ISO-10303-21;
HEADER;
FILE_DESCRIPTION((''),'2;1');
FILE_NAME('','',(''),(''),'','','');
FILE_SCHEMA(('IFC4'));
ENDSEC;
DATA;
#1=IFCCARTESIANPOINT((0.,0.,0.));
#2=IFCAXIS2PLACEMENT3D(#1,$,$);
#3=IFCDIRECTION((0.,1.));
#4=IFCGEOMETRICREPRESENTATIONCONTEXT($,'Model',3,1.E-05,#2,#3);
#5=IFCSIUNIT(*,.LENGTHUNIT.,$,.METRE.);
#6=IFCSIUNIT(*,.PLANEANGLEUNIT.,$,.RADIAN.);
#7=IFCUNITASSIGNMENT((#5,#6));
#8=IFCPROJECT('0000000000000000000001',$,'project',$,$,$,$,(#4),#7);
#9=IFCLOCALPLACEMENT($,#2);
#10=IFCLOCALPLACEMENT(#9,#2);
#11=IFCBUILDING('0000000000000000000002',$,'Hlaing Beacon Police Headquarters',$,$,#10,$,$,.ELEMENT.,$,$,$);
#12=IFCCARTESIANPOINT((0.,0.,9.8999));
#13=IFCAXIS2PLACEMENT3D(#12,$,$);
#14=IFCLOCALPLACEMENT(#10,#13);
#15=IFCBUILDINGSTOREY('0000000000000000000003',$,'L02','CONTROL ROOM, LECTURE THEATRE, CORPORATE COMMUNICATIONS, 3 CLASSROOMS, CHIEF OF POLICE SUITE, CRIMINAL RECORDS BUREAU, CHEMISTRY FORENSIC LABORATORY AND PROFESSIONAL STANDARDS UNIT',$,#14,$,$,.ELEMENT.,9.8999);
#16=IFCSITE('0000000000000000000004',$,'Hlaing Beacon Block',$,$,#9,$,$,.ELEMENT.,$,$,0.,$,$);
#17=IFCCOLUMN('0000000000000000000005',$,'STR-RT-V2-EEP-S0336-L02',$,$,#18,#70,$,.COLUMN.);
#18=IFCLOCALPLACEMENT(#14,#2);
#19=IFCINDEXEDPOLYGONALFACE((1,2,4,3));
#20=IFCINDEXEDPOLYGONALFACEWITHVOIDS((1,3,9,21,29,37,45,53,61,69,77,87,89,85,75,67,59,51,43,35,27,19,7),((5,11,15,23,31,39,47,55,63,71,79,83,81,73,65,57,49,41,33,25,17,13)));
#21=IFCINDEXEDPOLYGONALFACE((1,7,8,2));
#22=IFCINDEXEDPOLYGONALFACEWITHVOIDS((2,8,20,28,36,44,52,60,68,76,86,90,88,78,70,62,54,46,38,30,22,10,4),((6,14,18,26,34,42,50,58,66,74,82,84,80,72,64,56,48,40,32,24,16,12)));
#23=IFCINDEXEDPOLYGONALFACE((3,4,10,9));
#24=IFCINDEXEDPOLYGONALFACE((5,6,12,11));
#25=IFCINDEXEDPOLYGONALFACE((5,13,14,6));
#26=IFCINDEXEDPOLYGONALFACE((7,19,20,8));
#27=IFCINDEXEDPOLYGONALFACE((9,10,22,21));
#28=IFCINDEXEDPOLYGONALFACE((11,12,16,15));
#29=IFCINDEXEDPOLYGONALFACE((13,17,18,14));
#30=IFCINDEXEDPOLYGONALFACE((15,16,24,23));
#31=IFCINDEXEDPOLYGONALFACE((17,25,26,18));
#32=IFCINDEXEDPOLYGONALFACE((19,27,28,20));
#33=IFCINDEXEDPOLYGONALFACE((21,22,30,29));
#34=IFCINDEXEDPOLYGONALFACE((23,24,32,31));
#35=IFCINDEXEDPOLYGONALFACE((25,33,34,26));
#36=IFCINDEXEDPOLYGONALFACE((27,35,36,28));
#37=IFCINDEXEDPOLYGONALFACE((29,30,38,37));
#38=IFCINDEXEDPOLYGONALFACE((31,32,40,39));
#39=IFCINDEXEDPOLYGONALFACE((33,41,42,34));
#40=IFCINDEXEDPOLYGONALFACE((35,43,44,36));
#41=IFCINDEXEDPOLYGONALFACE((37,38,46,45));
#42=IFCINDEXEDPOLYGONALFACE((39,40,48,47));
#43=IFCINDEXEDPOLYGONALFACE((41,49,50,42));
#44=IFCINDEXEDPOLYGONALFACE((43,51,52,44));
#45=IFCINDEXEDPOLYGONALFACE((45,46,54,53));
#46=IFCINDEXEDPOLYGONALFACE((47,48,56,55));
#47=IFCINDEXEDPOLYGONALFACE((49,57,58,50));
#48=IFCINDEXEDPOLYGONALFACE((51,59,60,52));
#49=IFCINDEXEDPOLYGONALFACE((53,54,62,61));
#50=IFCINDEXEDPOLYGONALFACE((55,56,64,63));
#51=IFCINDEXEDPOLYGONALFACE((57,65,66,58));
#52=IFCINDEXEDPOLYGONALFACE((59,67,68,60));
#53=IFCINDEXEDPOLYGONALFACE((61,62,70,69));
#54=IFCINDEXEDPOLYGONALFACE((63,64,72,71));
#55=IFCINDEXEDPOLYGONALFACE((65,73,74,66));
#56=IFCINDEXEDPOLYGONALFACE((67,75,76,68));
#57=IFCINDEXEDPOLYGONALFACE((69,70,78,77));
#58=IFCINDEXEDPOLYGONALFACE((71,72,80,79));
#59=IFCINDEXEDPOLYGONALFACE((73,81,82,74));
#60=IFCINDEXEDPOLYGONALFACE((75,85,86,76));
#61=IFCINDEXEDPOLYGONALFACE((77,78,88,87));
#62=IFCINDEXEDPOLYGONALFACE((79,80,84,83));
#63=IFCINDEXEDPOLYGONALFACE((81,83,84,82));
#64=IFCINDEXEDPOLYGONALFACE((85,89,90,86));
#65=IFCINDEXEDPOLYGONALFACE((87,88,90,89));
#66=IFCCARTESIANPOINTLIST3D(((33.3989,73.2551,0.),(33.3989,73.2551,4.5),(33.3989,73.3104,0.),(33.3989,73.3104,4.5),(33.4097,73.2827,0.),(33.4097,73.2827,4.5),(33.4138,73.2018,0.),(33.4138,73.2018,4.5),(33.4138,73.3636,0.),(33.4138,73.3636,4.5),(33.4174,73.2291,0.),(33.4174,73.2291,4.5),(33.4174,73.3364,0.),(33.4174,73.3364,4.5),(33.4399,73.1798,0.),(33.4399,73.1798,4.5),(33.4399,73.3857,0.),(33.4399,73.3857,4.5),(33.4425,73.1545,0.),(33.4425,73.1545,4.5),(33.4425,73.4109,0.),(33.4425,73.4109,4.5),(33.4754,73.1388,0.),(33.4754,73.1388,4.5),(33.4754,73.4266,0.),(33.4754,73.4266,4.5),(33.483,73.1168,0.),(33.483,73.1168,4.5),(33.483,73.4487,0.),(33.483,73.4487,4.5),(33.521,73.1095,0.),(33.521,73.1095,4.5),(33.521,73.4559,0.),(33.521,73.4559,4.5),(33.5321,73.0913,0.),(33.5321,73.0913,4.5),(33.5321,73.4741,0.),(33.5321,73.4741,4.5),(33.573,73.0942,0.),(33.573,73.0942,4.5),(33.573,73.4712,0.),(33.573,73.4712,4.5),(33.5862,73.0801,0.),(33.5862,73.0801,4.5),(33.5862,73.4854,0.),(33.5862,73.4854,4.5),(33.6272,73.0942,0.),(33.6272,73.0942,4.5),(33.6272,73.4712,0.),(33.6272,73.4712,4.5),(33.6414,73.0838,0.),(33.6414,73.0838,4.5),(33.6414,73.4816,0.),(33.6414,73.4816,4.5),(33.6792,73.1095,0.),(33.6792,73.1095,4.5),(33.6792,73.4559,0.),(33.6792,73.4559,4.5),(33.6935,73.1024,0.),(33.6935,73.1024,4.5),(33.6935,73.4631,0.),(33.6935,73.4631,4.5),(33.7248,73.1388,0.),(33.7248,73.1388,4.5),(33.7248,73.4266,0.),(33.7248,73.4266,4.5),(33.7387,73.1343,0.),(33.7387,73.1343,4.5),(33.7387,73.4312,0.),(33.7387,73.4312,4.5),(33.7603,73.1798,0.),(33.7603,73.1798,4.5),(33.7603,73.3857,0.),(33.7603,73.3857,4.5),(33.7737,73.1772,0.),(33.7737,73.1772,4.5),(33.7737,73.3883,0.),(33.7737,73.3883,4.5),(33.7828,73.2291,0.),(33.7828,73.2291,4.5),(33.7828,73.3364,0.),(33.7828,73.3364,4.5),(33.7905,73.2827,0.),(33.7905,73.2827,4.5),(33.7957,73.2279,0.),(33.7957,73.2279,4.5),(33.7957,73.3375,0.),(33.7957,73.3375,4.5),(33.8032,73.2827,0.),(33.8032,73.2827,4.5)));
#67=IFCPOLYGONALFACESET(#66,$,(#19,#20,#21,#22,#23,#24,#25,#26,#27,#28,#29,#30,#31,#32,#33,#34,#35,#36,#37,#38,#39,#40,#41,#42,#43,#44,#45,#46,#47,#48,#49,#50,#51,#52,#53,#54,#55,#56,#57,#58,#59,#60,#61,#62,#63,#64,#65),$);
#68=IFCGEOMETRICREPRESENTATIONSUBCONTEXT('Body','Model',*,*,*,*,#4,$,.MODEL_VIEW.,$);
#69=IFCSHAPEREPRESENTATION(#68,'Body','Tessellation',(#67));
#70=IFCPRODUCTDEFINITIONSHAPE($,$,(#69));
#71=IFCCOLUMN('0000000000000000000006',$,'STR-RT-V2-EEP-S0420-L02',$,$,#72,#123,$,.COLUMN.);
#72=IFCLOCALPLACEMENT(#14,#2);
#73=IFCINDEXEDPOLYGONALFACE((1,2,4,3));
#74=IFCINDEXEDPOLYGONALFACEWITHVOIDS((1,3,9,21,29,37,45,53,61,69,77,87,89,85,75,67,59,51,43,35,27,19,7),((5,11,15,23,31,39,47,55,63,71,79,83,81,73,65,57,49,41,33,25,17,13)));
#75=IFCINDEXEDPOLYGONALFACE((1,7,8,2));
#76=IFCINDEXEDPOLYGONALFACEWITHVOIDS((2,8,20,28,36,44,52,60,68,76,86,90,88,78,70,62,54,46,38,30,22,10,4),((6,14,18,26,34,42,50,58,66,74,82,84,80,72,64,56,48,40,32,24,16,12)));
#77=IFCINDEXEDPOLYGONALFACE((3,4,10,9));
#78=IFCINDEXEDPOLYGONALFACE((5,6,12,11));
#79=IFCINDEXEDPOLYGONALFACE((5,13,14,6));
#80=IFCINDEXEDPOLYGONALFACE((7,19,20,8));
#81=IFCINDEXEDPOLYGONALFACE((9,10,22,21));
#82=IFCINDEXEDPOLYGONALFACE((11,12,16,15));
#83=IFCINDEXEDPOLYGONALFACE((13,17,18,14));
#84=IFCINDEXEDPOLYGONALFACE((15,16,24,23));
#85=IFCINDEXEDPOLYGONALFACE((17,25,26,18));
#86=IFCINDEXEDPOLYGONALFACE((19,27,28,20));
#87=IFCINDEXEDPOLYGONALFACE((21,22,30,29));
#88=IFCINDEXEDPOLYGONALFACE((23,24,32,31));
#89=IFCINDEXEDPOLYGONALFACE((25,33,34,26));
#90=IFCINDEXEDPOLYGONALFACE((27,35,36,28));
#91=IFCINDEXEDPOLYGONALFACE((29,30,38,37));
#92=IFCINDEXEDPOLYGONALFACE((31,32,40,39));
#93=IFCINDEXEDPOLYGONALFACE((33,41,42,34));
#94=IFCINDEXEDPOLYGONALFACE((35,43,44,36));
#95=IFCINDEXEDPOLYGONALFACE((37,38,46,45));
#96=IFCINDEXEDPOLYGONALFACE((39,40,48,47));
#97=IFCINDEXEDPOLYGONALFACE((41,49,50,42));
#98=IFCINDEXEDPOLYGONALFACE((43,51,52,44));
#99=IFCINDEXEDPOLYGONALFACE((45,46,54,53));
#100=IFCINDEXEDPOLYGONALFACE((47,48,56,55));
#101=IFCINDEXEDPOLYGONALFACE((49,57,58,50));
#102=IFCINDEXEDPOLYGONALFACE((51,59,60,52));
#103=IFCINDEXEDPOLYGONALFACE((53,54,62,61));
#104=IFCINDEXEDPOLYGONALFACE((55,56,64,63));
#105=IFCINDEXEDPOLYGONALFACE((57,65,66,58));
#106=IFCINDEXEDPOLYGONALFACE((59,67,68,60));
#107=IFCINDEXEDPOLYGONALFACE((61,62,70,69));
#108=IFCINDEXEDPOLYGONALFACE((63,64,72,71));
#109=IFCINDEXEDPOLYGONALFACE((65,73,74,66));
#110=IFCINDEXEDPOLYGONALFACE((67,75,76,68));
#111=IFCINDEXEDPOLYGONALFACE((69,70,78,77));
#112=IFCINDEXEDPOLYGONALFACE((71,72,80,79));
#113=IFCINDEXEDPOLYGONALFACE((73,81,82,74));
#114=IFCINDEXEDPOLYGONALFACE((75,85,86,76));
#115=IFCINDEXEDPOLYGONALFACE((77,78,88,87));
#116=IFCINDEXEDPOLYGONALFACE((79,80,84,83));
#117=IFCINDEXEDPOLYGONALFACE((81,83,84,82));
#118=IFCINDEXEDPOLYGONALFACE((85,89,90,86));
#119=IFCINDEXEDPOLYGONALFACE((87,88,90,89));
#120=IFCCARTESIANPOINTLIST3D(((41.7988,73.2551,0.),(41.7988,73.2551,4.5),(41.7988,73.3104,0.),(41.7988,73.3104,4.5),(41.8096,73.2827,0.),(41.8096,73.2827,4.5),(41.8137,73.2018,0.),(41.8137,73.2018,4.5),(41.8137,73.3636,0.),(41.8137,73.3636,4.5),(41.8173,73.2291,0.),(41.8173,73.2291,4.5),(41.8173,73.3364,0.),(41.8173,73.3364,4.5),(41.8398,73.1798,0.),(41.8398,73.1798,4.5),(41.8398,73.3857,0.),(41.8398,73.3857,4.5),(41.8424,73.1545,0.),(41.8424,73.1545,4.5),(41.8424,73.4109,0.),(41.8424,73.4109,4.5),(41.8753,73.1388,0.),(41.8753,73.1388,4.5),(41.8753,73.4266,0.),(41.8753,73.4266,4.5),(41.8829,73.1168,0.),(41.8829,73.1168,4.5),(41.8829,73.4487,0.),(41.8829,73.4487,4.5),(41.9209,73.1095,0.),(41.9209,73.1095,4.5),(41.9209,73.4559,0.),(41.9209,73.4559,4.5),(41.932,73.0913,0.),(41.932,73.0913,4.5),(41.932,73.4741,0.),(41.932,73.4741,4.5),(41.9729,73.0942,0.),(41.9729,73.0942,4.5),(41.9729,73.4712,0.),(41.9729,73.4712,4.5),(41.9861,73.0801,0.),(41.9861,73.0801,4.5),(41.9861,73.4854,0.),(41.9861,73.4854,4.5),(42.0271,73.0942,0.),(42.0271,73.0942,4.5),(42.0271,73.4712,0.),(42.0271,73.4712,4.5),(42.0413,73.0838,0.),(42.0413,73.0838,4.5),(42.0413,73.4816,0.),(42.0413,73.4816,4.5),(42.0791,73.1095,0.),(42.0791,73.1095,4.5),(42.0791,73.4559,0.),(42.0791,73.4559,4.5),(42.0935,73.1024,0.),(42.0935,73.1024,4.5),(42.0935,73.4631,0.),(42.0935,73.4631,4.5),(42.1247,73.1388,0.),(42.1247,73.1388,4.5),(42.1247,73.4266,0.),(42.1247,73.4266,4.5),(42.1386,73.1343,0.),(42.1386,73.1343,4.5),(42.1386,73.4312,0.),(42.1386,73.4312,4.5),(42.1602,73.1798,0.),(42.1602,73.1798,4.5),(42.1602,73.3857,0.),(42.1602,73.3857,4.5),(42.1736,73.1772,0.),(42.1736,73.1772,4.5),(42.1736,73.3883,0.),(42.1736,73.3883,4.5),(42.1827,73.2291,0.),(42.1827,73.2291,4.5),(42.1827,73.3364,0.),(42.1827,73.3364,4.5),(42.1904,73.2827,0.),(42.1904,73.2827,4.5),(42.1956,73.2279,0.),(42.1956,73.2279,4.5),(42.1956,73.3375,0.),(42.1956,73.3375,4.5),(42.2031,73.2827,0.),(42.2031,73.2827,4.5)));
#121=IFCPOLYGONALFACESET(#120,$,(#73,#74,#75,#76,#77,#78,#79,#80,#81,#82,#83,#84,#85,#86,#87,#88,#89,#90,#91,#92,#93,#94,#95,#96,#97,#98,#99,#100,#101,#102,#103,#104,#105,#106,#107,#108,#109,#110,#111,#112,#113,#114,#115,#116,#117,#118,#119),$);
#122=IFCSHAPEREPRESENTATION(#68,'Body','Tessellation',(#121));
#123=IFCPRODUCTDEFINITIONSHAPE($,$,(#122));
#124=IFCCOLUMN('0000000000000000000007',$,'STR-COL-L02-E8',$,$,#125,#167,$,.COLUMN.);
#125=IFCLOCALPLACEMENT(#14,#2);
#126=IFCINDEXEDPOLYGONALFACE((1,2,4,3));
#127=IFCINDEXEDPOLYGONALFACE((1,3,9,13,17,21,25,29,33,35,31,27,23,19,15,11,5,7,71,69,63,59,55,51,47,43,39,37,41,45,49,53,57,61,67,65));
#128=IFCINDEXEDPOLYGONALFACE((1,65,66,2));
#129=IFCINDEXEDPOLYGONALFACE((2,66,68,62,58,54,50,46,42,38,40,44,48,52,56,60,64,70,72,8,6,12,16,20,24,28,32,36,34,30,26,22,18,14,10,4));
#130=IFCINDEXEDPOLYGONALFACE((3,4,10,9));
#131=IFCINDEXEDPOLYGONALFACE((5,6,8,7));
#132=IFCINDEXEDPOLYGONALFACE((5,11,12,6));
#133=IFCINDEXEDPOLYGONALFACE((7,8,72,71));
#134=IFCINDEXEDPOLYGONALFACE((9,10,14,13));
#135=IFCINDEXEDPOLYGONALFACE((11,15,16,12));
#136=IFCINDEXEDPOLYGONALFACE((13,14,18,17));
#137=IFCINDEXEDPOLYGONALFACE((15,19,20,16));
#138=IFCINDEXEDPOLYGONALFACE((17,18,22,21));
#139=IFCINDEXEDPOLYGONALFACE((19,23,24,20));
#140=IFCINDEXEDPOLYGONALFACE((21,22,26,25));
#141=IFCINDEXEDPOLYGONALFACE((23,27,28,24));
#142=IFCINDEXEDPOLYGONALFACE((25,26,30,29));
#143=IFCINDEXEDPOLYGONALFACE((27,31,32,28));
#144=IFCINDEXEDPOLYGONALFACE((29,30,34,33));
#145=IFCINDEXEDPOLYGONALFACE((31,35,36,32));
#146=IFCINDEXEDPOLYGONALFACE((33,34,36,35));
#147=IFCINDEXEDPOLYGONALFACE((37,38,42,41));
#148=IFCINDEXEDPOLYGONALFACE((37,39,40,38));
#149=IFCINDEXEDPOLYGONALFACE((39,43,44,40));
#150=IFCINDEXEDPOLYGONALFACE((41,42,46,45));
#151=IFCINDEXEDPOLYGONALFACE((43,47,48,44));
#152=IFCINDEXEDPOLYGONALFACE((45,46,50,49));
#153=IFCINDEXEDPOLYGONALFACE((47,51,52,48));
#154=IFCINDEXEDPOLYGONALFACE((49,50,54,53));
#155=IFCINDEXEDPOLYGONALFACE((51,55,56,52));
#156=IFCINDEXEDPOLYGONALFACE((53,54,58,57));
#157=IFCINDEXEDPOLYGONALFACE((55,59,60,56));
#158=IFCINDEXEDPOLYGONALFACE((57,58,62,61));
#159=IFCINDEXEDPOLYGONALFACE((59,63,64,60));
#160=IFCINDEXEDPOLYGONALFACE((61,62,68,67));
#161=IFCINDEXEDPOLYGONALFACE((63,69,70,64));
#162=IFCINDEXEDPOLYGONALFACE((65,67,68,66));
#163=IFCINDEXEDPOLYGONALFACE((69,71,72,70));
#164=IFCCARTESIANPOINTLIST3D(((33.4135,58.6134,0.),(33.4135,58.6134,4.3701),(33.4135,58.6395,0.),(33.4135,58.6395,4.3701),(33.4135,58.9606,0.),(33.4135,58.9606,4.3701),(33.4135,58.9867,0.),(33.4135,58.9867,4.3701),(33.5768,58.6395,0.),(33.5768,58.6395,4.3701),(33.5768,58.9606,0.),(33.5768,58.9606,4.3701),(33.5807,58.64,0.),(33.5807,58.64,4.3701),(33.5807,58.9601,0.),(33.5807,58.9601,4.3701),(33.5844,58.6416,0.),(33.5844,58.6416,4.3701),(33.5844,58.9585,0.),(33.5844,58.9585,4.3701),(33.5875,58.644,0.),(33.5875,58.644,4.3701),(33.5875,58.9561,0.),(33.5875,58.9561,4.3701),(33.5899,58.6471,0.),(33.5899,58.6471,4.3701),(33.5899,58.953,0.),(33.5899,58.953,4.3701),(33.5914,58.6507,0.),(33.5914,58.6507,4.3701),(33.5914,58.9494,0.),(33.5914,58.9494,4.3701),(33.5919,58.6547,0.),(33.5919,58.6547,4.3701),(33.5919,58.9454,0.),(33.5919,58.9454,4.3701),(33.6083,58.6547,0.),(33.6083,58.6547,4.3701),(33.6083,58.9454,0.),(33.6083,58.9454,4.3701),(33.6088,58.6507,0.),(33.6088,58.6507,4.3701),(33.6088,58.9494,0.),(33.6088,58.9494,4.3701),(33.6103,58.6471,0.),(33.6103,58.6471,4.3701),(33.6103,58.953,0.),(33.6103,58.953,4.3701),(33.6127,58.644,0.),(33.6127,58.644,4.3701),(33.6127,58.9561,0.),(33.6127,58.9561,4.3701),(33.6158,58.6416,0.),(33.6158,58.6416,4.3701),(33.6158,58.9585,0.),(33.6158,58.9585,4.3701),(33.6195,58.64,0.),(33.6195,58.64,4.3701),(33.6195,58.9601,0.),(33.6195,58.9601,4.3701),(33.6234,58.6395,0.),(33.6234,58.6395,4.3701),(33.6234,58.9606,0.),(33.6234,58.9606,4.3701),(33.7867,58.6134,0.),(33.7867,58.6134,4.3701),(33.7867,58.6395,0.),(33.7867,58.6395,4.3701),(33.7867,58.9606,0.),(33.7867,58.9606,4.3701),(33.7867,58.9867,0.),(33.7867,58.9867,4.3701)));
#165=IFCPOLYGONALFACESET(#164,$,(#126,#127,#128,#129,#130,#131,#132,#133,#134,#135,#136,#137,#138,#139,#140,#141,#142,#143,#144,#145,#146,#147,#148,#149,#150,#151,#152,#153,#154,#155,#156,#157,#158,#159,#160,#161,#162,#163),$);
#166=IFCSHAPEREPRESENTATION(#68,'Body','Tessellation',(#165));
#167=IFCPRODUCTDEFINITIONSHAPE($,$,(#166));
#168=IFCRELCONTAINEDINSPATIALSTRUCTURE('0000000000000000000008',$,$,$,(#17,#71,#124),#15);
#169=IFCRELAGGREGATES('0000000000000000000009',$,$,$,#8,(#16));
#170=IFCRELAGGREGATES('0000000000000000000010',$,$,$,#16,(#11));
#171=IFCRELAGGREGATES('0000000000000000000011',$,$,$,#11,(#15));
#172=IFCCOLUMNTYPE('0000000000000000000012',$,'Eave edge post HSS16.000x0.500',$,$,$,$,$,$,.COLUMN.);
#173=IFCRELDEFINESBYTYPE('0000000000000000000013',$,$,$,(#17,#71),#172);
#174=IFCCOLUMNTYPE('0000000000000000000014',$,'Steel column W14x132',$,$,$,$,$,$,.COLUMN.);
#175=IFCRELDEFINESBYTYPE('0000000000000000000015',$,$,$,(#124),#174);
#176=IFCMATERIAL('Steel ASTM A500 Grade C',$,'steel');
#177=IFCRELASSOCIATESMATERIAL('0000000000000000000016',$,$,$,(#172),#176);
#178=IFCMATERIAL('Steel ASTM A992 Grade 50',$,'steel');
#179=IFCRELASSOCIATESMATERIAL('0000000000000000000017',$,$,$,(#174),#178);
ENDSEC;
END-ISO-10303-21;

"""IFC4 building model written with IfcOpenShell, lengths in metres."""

from ifc_helpers import new_model, si_unit, direction, frame, origin, origin_2d, place, context, subcontext, project, spatial, hollow_circle, i_section, extrude, material, material_profile, profile_set, type_object, element, save


model = new_model("IFC4")

# Units and contexts
model_context = context("Model", 3, precision=1e-05, world=origin(), true_north=direction((0.0, 1.0)))
body_context = subcontext(model_context, "Body", "Model", "MODEL_VIEW")
ifc_project = project(units=[si_unit("LENGTHUNIT", "METRE"), si_unit("PLANEANGLEUNIT", "RADIAN")], contexts=[model_context])

# Site, building, storey
site_placement = place(None, origin())
site = spatial("IfcSite", under=ifc_project, at=site_placement, Name="Hlaing Beacon Block", CompositionType="ELEMENT", RefElevation=0.0)
building_placement = place(site_placement, origin())
building = spatial("IfcBuilding", under=site, at=building_placement, Name="Hlaing Beacon Police Headquarters", CompositionType="ELEMENT")
storey_placement = place(building_placement, frame((0.0, 0.0, 9.8999)))
storey = spatial("IfcBuildingStorey", under=building, at=storey_placement, Name="L02", Description="CONTROL ROOM, LECTURE THEATRE, CORPORATE COMMUNICATIONS, 3 CLASSROOMS, CHIEF OF POLICE SUITE, CRIMINAL RECORDS BUREAU, CHEMISTRY FORENSIC LABORATORY AND PROFESSIONAL STANDARDS UNIT", CompositionType="ELEMENT", Elevation=9.8999)

# Columns
ifc_material_1 = material(Name="Steel ASTM A500 Grade C", Category="steel")
ifc_material_profile_1 = material_profile(ifc_material_1, hollow_circle(Radius=0.2031, WallThickness=0.0127, at=origin_2d()), Name="HSS16.000x0.500")
ifc_profile_set_1 = profile_set([ifc_material_profile_1], Name="Steel ASTM A500 Grade C")
column_type_1 = type_object("IfcColumnType", Name="Eave edge post HSS16.000x0.500", PredefinedType="COLUMN", material=ifc_profile_set_1)
for number, where, z_axis, x_axis, name in (
    (1, (33.6001, 73.2827, 0.0), (0.0, 0.0, 1.0), (1.0, 0.0, 0.0), "STR-RT-V2-EEP-S0336-L02"),
    (2, (42.0, 73.2827, 0.0), (0.0, 0.0, 1.0), (1.0, 0.0, 0.0), "STR-RT-V2-EEP-S0420-L02"),
):
    element("IfcColumn", number, at=place(storey_placement, frame(where, z_axis=z_axis, x_axis=x_axis)), inside=storey, type_object=column_type_1, Name=name, PredefinedType="COLUMN", context=body_context, shape_type="SweptSolid", body=[
        extrude(hollow_circle(Radius=0.2031, WallThickness=0.0127, at=origin_2d()), origin(), (0.0, 0.0, 1.0), 4.5),
    ])
ifc_material_2 = material(Name="Steel ASTM A992 Grade 50", Category="steel")
ifc_material_profile_2 = material_profile(ifc_material_2, i_section(OverallWidth=0.3733, OverallDepth=0.3733, WebThickness=0.0164, FlangeThickness=0.0261, FilletRadius=0.0151, at=origin_2d()), Name="W14x132")
ifc_profile_set_2 = profile_set([ifc_material_profile_2], Name="Steel ASTM A992 Grade 50")
column_type_2 = type_object("IfcColumnType", Name="Steel column W14x132", PredefinedType="COLUMN", material=ifc_profile_set_2)
column_1_placement = place(storey_placement, frame((33.6001, 58.8, 0.0), z_axis=(0.0, 0.0, 1.0), x_axis=(1.0, 0.0, 0.0)))
element("IfcColumn", 3, at=column_1_placement, inside=storey, type_object=column_type_2, Name="STR-COL-L02-E8", PredefinedType="COLUMN", context=body_context, shape_type="SweptSolid", body=[
    extrude(i_section(OverallWidth=0.3733, OverallDepth=0.3733, WebThickness=0.0164, FlangeThickness=0.0261, FilletRadius=0.0151, at=origin_2d()), origin(), (0.0, 0.0, 1.0), 4.3701),
])

save(model, "model.ifc")
